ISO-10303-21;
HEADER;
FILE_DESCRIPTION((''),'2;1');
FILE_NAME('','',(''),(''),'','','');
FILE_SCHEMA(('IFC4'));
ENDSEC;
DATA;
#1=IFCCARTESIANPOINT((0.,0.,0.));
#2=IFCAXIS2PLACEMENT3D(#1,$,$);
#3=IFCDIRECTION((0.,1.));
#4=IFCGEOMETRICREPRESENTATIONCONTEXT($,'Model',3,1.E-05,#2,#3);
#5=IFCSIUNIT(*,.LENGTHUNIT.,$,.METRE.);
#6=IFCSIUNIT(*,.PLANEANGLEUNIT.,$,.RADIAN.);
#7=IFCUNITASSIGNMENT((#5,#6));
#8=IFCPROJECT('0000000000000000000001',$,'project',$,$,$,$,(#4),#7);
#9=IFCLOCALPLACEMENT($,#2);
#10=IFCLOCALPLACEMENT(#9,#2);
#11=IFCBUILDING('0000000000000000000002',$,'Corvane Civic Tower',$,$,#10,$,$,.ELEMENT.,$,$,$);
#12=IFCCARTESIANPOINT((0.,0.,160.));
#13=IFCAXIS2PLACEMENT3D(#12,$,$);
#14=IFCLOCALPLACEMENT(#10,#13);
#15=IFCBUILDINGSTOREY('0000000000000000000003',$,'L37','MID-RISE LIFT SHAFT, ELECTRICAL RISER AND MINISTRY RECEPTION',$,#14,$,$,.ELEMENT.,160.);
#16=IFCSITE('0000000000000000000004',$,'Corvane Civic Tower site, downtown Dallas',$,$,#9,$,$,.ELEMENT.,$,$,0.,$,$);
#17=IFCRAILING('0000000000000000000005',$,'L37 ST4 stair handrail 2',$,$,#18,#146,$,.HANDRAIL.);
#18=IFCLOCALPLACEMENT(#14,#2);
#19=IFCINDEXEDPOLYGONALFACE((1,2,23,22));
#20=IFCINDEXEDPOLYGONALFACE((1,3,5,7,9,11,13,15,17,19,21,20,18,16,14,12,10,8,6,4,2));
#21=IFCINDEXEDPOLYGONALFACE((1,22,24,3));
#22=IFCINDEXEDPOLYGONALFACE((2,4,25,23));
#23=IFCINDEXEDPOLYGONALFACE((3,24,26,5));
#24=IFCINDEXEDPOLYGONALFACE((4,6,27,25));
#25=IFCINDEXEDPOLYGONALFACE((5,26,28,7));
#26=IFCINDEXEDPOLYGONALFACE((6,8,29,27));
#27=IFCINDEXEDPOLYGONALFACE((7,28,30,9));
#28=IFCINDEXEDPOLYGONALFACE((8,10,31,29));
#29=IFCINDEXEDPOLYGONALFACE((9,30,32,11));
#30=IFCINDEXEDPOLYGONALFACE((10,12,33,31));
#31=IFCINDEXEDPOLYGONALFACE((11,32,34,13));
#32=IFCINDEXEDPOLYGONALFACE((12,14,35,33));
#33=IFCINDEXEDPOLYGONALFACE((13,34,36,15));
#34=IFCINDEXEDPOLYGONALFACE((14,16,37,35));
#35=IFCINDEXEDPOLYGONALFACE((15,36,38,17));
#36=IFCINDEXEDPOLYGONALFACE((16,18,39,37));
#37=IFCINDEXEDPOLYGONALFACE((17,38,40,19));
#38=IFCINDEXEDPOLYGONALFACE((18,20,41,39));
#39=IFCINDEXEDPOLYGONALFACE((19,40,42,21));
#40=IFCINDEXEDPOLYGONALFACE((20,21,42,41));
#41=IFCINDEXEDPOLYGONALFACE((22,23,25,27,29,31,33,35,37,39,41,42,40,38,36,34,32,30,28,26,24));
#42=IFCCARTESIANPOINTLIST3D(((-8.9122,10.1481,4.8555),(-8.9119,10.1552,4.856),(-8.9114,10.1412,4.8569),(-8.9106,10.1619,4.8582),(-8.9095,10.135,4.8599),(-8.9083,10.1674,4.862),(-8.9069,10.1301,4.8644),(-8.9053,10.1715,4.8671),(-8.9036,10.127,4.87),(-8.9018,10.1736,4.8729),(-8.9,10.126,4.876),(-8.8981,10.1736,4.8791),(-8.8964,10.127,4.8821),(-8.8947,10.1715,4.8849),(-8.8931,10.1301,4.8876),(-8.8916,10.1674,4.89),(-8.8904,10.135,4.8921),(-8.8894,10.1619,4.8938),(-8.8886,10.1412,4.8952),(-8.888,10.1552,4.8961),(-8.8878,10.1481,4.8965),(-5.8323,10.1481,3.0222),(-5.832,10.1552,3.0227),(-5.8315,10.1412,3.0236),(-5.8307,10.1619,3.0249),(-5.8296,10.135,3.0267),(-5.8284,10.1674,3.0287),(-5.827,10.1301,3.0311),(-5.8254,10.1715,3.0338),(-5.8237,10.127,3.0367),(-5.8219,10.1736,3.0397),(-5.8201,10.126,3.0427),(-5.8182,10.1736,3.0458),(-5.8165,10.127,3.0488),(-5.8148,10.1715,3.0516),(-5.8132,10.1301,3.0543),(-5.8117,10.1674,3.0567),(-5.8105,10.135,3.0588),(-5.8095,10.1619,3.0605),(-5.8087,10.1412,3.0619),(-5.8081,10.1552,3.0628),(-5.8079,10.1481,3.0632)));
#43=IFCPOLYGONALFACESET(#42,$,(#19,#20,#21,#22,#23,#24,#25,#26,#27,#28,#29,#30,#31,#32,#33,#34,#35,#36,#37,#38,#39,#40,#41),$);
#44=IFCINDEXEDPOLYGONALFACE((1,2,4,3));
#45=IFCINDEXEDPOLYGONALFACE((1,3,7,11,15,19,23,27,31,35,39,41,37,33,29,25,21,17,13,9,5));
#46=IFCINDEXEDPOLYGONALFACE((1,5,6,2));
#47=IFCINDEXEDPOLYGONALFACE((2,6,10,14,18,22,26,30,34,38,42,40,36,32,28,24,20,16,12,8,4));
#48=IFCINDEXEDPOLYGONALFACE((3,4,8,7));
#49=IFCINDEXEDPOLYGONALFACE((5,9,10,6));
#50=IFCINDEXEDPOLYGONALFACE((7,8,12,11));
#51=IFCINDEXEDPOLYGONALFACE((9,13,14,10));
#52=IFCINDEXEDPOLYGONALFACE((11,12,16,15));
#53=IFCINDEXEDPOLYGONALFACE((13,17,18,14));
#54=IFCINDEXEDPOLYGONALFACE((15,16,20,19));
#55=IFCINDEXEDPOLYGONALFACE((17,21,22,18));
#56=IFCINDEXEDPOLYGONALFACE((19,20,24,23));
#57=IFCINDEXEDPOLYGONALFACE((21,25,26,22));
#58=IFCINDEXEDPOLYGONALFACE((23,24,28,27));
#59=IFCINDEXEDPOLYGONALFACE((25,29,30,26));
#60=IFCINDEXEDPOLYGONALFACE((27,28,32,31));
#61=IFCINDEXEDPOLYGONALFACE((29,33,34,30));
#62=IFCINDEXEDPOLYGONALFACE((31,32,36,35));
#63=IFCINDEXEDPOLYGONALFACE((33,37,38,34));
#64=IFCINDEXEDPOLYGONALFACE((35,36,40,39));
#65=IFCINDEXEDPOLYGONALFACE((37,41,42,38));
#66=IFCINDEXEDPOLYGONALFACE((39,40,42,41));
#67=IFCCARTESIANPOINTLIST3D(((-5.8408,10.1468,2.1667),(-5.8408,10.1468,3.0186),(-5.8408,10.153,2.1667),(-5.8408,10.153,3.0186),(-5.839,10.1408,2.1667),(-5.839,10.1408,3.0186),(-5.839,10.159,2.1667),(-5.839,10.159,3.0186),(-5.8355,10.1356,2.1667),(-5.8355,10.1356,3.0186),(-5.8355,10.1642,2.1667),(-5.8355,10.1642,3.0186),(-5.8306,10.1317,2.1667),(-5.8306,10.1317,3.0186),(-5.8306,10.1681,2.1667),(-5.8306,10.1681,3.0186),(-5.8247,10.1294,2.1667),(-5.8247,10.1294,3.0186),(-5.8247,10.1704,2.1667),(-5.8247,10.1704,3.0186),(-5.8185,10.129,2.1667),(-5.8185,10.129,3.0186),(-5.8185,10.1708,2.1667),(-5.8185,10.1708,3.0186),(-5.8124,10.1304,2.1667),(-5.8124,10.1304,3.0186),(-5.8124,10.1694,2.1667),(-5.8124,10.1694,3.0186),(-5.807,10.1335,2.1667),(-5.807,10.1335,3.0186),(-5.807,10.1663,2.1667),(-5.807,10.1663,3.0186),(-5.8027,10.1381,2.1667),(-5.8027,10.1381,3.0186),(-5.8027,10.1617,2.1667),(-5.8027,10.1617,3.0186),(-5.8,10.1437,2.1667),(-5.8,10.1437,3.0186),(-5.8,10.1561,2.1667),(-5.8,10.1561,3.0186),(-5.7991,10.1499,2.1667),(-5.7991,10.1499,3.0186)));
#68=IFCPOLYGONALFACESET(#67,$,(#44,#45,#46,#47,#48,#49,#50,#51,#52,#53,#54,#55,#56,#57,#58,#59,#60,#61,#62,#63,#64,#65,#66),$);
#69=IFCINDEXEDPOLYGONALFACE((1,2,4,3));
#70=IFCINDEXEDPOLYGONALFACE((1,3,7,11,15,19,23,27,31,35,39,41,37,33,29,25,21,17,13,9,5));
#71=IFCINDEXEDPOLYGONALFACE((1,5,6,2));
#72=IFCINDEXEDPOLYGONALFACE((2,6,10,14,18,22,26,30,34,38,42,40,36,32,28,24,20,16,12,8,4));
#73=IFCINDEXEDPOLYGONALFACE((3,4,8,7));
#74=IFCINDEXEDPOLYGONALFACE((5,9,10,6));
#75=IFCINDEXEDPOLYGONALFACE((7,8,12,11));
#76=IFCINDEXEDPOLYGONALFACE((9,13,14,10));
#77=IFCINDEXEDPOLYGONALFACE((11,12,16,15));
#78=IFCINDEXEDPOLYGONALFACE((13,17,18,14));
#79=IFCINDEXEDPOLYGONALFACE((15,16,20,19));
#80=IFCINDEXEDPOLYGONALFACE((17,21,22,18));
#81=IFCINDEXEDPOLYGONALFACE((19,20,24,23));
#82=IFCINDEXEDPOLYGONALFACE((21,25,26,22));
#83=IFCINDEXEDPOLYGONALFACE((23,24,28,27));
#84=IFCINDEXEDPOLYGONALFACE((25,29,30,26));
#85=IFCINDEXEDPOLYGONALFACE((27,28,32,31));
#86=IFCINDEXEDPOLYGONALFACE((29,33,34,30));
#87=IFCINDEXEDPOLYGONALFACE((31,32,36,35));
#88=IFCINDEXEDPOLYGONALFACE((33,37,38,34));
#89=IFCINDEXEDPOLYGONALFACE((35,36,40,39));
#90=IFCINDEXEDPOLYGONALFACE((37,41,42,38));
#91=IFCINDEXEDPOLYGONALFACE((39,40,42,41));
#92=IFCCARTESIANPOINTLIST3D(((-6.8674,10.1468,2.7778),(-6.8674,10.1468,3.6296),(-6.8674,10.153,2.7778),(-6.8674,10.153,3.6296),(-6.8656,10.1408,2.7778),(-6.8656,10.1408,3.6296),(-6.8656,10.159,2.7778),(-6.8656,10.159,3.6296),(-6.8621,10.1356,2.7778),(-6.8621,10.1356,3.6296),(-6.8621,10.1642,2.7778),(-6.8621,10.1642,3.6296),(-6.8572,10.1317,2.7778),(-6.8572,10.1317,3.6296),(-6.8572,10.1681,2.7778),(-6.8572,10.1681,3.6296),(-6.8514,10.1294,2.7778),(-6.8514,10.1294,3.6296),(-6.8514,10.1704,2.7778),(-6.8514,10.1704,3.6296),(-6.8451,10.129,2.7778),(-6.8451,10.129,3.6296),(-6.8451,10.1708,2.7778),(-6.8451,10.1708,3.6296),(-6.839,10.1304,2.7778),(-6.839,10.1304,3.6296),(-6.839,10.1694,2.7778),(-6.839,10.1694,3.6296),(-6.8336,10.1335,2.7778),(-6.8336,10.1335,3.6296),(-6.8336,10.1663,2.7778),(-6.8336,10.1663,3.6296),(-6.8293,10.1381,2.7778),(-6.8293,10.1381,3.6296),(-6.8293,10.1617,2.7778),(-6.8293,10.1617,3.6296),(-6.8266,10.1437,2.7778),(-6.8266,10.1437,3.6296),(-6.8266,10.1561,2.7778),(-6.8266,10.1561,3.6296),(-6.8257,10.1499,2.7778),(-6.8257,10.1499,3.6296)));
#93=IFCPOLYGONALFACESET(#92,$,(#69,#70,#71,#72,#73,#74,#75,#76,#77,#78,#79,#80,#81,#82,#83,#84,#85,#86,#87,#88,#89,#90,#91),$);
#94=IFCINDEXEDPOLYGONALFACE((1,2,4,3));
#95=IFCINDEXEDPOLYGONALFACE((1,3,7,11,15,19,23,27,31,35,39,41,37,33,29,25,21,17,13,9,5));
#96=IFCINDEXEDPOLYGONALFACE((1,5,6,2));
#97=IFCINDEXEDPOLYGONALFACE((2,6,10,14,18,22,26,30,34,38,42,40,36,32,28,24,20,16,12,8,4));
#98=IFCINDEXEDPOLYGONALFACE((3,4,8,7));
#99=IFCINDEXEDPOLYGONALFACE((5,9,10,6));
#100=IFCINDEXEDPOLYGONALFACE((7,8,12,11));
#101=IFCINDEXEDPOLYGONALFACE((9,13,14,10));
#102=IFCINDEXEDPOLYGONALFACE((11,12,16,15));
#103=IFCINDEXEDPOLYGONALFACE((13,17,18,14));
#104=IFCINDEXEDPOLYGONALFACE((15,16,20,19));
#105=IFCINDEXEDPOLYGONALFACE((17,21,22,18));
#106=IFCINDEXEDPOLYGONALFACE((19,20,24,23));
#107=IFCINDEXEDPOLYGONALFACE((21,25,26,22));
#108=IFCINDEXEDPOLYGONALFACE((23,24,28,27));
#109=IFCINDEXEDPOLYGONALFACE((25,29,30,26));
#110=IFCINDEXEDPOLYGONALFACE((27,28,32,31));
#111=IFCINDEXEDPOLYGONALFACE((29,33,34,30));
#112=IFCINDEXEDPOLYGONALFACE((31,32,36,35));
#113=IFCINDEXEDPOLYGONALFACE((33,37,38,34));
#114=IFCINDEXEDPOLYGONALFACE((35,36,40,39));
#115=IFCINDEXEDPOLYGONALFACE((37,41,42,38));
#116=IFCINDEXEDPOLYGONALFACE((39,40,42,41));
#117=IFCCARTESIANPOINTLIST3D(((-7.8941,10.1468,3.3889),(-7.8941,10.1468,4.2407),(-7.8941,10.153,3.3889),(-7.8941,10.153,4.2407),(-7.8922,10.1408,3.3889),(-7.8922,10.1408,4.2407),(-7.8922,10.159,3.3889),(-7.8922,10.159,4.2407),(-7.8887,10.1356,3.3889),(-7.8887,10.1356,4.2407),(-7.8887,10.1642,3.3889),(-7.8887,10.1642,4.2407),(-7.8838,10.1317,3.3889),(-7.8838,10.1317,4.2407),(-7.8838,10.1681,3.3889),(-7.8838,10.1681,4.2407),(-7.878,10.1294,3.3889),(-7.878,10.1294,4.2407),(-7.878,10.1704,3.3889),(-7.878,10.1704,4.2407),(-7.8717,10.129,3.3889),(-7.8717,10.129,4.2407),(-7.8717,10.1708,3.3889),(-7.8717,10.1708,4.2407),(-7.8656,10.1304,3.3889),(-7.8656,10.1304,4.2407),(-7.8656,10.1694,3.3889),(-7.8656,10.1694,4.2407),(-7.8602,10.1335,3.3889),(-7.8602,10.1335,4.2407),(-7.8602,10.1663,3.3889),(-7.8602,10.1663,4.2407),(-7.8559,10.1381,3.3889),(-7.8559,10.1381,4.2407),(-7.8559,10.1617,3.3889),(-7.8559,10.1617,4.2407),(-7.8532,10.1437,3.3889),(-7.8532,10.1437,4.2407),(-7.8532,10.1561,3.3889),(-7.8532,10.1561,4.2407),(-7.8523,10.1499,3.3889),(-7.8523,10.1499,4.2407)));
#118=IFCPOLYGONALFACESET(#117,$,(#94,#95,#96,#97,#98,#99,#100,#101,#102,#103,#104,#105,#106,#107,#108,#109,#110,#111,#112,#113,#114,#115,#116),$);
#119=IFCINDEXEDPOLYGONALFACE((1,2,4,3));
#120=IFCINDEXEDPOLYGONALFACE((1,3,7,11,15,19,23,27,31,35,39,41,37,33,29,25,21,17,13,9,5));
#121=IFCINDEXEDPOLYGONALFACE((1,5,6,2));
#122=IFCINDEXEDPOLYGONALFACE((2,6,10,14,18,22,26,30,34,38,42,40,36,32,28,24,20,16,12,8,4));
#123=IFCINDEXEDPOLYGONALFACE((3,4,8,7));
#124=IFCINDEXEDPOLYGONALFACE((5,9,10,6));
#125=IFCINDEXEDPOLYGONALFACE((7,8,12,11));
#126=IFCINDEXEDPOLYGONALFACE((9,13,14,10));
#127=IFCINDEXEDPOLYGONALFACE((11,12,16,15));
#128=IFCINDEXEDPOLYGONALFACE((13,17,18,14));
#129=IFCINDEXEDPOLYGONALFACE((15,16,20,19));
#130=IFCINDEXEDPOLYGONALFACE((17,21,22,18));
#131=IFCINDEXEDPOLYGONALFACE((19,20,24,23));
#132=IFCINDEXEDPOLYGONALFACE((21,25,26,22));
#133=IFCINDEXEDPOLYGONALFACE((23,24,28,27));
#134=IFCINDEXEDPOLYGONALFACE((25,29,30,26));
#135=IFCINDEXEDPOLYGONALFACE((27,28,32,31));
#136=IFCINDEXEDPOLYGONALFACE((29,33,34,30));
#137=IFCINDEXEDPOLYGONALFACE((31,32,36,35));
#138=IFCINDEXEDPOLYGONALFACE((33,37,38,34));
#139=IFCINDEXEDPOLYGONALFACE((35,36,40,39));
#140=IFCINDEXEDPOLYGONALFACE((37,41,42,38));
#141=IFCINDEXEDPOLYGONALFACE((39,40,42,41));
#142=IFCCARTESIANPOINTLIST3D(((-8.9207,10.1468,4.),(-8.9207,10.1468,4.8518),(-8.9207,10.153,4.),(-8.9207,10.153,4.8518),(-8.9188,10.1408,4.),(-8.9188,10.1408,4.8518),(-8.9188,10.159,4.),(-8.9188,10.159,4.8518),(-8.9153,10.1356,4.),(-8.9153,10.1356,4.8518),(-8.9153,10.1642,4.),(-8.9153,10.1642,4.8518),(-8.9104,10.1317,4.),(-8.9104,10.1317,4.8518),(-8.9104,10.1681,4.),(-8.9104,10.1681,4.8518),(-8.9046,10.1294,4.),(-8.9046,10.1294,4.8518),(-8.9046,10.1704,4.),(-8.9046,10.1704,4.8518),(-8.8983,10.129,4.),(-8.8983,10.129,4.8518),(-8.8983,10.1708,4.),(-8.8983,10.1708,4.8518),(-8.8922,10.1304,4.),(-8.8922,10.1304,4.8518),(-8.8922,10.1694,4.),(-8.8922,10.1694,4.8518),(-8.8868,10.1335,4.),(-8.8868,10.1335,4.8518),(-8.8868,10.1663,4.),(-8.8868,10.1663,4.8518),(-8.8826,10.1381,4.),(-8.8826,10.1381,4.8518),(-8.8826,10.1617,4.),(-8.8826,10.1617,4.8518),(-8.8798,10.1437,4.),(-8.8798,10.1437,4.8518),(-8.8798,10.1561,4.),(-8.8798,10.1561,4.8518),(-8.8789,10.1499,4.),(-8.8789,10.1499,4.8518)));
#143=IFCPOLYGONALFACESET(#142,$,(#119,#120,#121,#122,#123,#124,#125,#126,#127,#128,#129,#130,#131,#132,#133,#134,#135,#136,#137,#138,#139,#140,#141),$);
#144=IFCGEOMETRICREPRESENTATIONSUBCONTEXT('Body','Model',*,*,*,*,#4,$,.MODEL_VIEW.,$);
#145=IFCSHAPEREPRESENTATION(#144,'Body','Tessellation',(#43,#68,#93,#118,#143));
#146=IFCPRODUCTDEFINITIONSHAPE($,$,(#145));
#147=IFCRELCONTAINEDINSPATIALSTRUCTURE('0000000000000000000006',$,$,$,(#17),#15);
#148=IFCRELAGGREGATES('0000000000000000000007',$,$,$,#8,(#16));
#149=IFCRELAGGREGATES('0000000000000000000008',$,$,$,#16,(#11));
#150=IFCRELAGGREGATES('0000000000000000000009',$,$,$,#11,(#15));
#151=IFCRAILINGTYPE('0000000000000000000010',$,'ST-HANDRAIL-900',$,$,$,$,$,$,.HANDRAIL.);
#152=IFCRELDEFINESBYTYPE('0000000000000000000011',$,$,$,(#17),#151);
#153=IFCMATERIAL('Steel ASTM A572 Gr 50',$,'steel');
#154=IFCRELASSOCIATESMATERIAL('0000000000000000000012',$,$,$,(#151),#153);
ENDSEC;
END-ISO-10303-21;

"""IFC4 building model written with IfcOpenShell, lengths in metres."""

from ifc_helpers import new_model, si_unit, direction, frame, origin, origin_2d, place, context, subcontext, project, spatial, circle, extrude, material, type_object, element, save


model = new_model("IFC4")

# Units and contexts
model_context = context("Model", 3, precision=1e-05, world=origin(), true_north=direction((0.0, 1.0)))
body_context = subcontext(model_context, "Body", "Model", "MODEL_VIEW")
ifc_project = project(units=[si_unit("LENGTHUNIT", "METRE"), si_unit("PLANEANGLEUNIT", "RADIAN")], contexts=[model_context])

# Site, building, storey
site_placement = place(None, origin())
site = spatial("IfcSite", under=ifc_project, at=site_placement, Name="Corvane Civic Tower site, downtown Dallas", CompositionType="ELEMENT", RefElevation=0.0)
building_placement = place(site_placement, origin())
building = spatial("IfcBuilding", under=site, at=building_placement, Name="Corvane Civic Tower", CompositionType="ELEMENT")
storey_placement = place(building_placement, frame((0.0, 0.0, 160.0)))
storey = spatial("IfcBuildingStorey", under=building, at=storey_placement, Name="L37", Description="MID-RISE LIFT SHAFT, ELECTRICAL RISER AND MINISTRY RECEPTION", CompositionType="ELEMENT", Elevation=160.0)

# Railing
ifc_material_1 = material(Name="Steel ASTM A572 Gr 50", Category="steel")
railing_type_1 = type_object("IfcRailingType", Name="ST-HANDRAIL-900", PredefinedType="HANDRAIL", material=ifc_material_1)
railing_1_placement = place(storey_placement, frame((-5.8201, 10.1499, 2.1667)))
element("IfcRailing", 1, at=railing_1_placement, inside=storey, type_object=railing_type_1, Name="L37 ST4 stair handrail 2", PredefinedType="HANDRAIL", context=body_context, shape_type="SweptSolid", body=[
    extrude(circle(Radius=0.0239, at=origin_2d()), frame((0.0, 0.0, 0.876), z_axis=(-0.859291, 0.0, 0.511487), x_axis=(0.0, -1.0, 0.0)), (0.0, 0.0, 1.0), 3.5842),
    extrude(circle(Radius=0.021, at=origin_2d()), origin(), (0.0, 0.0, 1.0), 0.8518),
    extrude(circle(Radius=0.021, at=origin_2d()), frame((-1.0266, 0.0, 0.6111)), (0.0, 0.0, 1.0), 0.8518),
    extrude(circle(Radius=0.021, at=origin_2d()), frame((-2.0532, 0.0, 1.2222)), (0.0, 0.0, 1.0), 0.8518),
    extrude(circle(Radius=0.021, at=origin_2d()), frame((-3.0798, 0.0, 1.8333)), (0.0, 0.0, 1.0), 0.8518),
])

save(model, "model.ifc")
